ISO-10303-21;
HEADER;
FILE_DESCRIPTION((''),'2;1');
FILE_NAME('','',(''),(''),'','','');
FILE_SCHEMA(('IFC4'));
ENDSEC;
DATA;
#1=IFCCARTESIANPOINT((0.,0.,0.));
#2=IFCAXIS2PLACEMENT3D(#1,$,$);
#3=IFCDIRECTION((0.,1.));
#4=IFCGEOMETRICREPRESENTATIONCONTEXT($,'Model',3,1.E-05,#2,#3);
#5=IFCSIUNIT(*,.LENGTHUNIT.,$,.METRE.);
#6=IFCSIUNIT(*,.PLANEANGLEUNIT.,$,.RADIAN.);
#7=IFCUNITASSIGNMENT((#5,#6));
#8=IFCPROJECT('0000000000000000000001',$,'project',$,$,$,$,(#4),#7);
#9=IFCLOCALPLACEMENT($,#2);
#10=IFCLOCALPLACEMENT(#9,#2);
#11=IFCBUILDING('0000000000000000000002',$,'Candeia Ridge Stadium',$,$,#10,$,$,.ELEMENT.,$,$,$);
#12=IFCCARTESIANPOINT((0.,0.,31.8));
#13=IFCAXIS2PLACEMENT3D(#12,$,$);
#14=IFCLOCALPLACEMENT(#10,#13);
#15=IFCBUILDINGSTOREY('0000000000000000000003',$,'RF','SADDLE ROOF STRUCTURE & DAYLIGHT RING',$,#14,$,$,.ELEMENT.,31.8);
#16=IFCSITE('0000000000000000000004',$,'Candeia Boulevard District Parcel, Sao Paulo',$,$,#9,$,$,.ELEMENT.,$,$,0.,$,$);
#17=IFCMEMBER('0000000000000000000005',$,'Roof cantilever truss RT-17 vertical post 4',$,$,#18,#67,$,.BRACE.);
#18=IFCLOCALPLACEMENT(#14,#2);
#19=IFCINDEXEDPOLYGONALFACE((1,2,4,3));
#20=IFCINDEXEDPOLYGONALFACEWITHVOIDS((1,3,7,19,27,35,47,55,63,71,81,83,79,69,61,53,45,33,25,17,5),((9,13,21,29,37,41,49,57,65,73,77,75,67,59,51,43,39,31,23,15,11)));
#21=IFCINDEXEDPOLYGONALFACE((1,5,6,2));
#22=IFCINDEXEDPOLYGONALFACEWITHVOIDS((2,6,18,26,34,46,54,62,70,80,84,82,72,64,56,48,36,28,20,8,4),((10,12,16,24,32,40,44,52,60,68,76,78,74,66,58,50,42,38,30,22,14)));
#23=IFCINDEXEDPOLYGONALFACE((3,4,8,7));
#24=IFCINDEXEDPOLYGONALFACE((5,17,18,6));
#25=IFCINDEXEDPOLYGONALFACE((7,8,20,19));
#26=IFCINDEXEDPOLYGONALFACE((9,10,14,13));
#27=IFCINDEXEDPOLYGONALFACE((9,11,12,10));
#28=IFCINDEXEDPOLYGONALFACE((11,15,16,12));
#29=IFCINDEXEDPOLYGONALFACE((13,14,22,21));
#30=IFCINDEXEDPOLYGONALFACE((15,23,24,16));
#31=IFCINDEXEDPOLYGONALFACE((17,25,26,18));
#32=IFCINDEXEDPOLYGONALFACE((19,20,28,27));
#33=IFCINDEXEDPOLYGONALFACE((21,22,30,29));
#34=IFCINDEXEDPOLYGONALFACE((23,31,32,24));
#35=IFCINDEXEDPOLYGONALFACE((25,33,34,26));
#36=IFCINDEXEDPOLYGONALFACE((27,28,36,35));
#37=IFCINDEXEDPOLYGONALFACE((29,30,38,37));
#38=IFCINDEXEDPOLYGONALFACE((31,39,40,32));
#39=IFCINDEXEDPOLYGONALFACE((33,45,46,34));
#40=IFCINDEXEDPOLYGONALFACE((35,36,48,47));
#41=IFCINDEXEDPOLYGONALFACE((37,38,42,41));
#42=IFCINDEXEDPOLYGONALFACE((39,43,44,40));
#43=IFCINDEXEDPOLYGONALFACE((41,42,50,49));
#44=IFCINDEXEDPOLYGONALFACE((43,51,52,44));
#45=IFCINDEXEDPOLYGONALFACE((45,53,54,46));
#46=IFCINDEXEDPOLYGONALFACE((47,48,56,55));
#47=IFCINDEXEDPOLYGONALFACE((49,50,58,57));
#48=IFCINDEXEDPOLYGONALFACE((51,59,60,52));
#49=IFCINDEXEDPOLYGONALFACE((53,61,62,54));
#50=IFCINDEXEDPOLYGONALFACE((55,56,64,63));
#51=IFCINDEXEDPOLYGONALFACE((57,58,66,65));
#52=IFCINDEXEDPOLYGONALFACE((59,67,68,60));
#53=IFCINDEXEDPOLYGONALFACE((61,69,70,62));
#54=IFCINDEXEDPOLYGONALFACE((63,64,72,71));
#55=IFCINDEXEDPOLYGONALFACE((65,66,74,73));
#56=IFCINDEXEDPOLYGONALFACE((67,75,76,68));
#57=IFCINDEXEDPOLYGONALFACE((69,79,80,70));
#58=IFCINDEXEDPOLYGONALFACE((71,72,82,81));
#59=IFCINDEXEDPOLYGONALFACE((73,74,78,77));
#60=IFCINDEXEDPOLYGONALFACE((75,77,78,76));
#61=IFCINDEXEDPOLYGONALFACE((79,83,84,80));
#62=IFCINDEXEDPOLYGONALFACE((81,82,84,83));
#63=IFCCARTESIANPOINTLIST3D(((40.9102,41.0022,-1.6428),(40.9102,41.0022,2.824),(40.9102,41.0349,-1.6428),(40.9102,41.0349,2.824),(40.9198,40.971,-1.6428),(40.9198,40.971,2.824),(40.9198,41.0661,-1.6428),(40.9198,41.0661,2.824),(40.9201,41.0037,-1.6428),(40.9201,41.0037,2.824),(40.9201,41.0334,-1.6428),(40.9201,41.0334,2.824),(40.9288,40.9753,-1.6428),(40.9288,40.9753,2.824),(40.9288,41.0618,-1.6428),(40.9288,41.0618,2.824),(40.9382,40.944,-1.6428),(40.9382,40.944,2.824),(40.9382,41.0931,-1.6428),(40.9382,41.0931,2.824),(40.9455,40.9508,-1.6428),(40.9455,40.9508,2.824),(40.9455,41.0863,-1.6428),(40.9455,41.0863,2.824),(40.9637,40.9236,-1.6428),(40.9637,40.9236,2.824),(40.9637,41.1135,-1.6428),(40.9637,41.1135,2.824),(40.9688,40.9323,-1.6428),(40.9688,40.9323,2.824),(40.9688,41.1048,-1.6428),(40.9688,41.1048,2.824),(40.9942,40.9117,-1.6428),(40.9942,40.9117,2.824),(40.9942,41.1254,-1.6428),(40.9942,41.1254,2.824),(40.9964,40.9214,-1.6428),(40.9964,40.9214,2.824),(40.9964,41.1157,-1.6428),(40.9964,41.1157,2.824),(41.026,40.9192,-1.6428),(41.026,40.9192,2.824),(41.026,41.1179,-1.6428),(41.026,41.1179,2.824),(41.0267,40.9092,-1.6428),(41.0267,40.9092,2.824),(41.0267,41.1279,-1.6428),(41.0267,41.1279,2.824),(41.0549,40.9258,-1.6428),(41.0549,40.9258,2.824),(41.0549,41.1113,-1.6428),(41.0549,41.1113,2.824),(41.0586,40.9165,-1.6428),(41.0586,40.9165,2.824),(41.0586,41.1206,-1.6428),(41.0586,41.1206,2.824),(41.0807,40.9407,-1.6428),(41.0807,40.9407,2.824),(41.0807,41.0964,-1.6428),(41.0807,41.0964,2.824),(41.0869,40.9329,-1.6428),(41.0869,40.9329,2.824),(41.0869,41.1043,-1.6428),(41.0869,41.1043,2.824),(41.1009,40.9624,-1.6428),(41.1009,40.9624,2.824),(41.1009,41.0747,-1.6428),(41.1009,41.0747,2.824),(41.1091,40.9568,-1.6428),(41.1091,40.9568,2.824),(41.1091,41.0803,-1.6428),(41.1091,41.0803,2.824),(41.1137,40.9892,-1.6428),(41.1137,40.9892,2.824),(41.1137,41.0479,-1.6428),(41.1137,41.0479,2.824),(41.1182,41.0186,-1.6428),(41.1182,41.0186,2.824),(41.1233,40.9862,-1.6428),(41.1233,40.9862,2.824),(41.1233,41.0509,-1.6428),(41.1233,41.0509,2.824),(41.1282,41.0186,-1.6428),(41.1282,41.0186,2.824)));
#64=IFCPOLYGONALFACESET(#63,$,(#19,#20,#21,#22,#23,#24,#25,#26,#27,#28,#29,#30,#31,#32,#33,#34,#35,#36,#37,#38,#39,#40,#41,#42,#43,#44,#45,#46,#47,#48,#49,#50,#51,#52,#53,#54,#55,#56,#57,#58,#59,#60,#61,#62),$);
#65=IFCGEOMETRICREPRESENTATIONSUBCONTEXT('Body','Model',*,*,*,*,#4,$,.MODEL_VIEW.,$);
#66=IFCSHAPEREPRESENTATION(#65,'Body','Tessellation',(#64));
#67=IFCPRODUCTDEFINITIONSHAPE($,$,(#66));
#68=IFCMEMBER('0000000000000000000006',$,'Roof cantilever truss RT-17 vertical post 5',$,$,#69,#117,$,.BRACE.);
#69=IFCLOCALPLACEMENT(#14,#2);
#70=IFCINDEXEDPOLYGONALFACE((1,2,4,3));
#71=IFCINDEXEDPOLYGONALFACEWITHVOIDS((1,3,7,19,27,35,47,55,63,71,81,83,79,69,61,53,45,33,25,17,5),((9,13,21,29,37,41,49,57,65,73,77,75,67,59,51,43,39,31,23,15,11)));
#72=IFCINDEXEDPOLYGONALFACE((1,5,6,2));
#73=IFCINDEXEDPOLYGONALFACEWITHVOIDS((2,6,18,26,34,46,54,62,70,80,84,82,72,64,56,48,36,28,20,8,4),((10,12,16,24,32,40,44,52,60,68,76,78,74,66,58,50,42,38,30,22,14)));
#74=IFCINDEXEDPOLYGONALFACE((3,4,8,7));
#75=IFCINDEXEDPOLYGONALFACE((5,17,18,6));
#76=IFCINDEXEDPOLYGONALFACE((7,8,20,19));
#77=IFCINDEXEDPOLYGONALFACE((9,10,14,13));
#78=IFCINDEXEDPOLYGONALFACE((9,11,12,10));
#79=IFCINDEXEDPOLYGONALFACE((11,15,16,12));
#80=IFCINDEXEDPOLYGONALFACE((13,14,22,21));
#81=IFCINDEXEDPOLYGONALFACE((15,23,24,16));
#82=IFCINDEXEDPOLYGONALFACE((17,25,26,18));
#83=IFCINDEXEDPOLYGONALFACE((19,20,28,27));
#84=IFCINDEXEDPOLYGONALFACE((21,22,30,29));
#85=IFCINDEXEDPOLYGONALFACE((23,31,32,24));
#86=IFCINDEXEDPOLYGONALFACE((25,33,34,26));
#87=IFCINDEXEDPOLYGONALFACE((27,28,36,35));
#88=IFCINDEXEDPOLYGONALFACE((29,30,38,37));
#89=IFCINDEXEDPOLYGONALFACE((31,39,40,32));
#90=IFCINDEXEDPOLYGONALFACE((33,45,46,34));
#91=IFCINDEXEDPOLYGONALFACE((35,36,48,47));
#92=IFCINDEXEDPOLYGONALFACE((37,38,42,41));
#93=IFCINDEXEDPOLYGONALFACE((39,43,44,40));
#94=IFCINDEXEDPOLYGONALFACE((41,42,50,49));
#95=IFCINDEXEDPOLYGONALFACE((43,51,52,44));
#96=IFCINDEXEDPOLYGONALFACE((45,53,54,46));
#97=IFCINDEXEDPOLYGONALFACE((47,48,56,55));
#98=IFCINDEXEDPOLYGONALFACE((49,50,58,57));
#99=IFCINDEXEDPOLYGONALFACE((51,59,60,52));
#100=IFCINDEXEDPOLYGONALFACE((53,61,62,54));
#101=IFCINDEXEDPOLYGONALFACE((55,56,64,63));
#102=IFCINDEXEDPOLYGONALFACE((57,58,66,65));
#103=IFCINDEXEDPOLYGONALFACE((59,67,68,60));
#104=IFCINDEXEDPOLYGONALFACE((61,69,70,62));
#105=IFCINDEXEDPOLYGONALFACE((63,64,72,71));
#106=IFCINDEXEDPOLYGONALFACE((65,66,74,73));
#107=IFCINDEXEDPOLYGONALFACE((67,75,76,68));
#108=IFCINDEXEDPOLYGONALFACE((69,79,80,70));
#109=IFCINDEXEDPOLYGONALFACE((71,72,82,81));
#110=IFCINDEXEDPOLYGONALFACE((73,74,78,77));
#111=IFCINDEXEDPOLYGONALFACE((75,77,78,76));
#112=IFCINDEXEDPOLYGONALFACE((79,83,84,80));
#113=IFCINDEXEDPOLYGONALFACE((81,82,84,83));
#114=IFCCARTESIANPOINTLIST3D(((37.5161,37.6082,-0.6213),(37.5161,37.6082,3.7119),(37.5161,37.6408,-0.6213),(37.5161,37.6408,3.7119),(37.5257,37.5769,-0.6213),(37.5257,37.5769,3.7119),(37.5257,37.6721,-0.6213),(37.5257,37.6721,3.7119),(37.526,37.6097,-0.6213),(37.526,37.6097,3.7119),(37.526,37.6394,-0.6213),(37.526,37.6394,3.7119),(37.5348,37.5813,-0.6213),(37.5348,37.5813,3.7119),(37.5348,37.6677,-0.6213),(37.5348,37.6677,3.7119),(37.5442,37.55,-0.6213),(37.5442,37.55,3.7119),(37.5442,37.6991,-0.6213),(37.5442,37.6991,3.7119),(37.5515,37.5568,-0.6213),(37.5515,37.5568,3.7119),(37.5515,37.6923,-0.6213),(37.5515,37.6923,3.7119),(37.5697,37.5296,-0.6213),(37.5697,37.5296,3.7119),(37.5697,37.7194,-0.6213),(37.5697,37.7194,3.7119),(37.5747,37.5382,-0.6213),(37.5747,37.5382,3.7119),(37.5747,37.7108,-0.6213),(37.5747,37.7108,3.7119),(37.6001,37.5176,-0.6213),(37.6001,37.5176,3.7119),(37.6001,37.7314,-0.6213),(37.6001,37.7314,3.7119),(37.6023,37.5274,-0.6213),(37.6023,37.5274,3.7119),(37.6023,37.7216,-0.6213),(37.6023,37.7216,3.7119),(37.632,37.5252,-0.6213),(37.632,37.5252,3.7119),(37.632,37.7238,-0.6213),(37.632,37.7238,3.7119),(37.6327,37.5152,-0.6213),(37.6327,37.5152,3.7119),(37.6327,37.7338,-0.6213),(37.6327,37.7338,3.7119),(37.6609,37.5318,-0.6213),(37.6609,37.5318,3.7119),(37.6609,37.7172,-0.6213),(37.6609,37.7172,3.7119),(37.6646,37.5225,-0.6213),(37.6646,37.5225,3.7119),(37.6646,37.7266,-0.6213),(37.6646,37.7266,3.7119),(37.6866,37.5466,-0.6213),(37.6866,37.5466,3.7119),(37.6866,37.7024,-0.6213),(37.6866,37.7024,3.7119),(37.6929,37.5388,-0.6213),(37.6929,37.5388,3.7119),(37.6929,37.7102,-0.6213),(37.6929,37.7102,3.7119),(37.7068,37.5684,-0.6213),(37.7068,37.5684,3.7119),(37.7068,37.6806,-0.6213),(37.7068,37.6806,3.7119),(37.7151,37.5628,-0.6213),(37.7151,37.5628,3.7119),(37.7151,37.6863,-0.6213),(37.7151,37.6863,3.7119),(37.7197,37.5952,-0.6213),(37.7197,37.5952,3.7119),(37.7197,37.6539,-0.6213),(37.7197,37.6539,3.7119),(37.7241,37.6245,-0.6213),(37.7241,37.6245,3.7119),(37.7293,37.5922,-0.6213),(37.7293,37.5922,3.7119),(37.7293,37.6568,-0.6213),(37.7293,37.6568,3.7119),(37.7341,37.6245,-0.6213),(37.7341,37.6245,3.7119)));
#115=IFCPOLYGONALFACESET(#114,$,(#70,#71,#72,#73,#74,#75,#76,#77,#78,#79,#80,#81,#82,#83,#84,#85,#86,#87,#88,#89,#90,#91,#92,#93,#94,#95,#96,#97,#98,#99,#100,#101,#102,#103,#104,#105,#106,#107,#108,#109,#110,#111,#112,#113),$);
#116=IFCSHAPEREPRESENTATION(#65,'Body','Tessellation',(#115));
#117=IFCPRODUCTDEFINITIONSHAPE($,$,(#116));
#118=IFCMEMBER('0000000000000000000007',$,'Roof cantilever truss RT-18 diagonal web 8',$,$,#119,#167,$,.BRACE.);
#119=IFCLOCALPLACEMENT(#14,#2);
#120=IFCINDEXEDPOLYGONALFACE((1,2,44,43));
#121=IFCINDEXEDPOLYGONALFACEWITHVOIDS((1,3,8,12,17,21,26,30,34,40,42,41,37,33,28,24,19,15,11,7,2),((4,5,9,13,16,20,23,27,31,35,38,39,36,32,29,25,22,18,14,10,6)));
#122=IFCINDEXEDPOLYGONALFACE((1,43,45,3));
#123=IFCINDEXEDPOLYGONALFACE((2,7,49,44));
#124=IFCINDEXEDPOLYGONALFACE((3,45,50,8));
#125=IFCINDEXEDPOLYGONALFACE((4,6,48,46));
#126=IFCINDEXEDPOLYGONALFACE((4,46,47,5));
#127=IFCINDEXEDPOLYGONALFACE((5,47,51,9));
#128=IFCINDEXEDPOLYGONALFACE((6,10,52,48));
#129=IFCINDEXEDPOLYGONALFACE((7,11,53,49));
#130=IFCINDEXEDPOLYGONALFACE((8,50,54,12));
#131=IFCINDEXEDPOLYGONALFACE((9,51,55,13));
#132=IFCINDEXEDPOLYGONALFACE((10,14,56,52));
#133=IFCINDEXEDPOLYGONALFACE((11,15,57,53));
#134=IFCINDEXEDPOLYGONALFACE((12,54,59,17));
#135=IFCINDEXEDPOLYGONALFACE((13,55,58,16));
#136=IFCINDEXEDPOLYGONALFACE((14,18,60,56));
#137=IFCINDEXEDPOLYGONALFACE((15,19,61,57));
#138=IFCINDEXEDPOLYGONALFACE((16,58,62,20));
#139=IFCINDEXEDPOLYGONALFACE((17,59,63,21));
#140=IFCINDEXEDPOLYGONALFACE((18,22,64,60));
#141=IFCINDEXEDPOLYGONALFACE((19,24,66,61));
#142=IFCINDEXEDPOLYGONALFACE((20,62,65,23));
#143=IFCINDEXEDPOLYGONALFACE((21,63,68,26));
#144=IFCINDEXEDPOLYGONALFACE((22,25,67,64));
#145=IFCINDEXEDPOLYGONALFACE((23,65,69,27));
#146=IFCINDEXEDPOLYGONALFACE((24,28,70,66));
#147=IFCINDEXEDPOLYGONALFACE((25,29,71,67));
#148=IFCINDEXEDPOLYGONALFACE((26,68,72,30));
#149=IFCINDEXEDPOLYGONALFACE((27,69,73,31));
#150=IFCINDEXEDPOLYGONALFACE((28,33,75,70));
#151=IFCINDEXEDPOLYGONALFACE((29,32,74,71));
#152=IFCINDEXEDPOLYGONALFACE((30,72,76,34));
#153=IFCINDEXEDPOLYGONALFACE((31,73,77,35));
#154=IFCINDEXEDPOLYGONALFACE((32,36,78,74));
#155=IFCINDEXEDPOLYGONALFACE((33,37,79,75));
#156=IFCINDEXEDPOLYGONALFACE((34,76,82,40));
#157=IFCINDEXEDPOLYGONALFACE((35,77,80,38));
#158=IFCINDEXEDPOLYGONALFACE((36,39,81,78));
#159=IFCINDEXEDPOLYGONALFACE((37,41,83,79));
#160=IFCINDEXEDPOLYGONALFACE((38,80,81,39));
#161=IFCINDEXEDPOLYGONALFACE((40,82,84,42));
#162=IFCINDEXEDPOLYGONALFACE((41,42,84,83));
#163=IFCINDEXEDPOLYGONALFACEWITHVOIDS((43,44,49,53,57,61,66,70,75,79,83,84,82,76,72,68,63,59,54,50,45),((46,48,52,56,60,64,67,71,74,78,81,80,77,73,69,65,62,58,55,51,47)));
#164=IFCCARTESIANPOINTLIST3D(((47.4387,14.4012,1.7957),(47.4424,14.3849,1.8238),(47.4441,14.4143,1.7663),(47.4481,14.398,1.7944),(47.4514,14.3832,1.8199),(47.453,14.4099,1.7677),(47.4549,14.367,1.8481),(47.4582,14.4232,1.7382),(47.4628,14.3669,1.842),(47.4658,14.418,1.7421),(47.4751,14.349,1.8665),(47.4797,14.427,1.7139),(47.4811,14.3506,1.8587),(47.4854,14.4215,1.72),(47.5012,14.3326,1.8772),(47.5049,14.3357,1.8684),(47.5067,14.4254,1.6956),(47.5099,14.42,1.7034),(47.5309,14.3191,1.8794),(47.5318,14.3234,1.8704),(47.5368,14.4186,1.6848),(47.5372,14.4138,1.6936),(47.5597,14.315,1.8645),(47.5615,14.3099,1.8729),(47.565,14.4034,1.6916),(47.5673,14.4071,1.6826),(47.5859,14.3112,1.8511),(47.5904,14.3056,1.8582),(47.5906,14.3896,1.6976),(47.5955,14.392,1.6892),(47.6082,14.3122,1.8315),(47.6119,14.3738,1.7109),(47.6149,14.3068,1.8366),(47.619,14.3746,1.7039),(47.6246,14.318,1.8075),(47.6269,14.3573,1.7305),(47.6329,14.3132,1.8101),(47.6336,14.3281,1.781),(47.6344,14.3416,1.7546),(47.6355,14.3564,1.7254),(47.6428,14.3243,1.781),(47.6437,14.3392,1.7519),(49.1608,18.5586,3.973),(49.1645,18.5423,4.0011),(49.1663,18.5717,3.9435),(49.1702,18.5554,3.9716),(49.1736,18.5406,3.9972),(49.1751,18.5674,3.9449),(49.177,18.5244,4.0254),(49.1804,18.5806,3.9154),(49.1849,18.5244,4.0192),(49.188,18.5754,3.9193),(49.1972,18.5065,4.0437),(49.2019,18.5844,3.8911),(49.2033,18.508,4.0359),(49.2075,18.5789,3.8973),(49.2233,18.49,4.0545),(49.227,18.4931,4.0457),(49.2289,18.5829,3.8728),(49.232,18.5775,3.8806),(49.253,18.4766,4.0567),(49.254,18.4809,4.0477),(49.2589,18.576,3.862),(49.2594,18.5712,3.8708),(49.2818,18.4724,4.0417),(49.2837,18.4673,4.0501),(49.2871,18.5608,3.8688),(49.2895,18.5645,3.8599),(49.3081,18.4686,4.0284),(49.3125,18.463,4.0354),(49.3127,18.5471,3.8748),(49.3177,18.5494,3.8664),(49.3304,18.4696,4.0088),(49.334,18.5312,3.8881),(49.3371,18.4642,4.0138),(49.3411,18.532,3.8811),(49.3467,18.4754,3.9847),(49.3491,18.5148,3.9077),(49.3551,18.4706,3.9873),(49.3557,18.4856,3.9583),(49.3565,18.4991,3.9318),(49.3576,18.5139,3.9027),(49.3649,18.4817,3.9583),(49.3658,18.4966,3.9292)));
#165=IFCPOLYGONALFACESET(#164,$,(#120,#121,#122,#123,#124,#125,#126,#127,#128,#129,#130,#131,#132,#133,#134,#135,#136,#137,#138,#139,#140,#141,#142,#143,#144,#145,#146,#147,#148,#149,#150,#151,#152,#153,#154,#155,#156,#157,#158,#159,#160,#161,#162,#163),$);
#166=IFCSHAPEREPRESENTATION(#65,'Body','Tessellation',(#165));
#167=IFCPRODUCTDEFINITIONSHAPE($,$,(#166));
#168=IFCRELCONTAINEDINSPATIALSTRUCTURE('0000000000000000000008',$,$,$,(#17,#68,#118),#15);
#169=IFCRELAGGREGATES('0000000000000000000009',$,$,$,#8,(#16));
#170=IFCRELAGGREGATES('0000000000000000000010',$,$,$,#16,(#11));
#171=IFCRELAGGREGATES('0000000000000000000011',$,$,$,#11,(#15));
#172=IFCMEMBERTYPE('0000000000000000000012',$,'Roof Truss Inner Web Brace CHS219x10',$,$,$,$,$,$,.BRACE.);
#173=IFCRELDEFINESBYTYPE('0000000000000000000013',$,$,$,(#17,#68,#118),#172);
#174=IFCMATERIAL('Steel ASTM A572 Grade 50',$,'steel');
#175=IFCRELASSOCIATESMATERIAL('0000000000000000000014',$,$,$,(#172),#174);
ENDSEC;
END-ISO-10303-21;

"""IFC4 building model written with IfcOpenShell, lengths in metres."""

from ifc_helpers import new_model, si_unit, direction, frame, origin, origin_2d, place, context, subcontext, project, spatial, hollow_circle, extrude, material, material_profile, profile_set, type_object, element, save


model = new_model("IFC4")

# Units and contexts
model_context = context("Model", 3, precision=1e-05, world=origin(), true_north=direction((0.0, 1.0)))
body_context = subcontext(model_context, "Body", "Model", "MODEL_VIEW")
ifc_project = project(units=[si_unit("LENGTHUNIT", "METRE"), si_unit("PLANEANGLEUNIT", "RADIAN")], contexts=[model_context])

# Site, building, storey
site_placement = place(None, origin())
site = spatial("IfcSite", under=ifc_project, at=site_placement, Name="Candeia Boulevard District Parcel, Sao Paulo", CompositionType="ELEMENT", RefElevation=0.0)
building_placement = place(site_placement, origin())
building = spatial("IfcBuilding", under=site, at=building_placement, Name="Candeia Ridge Stadium", CompositionType="ELEMENT")
storey_placement = place(building_placement, frame((0.0, 0.0, 31.8)))
storey = spatial("IfcBuildingStorey", under=building, at=storey_placement, Name="RF", Description="SADDLE ROOF STRUCTURE & DAYLIGHT RING", CompositionType="ELEMENT", Elevation=31.8)

# Shared definitions
ifc_material_1 = material(Name="Steel ASTM A572 Grade 50", Category="steel")

# Members
ifc_material_profile_1 = material_profile(ifc_material_1, hollow_circle(Radius=0.1096, WallThickness=0.01, at=origin_2d()), Name="CHS219x10", Category="steel")
ifc_profile_set_1 = profile_set([ifc_material_profile_1], Name="Steel ASTM A572 Grade 50")
member_type_1 = type_object("IfcMemberType", Name="Roof Truss Inner Web Brace CHS219x10", PredefinedType="BRACE", material=ifc_profile_set_1)
member_1_placement = place(storey_placement, frame((41.0186, 41.0186, -1.6428), z_axis=(0.0, 0.0, 1.0), x_axis=(1.0, 0.0, 0.0)))
element("IfcMember", 1, at=member_1_placement, inside=storey, type_object=member_type_1, Name="Roof cantilever truss RT-17 vertical post 4", PredefinedType="BRACE", context=body_context, shape_type="SweptSolid", body=[
    extrude(hollow_circle(Radius=0.1096, WallThickness=0.01, at=origin_2d()), origin(), (0.0, 0.0, 1.0), 4.4668),
])
member_2_placement = place(storey_placement, frame((37.6245, 37.6245, -0.6213), z_axis=(0.0, 0.0, 1.0), x_axis=(1.0, 0.0, 0.0)))
element("IfcMember", 2, at=member_2_placement, inside=storey, type_object=member_type_1, Name="Roof cantilever truss RT-17 vertical post 5", PredefinedType="BRACE", context=body_context, shape_type="SweptSolid", body=[
    extrude(hollow_circle(Radius=0.1096, WallThickness=0.01, at=origin_2d()), origin(), (0.0, 0.0, 1.0), 4.3333),
])
member_3_placement = place(storey_placement, frame((49.2637, 18.5237, 3.9583), z_axis=(-0.344497, -0.831647, -0.435529), x_axis=(0.923873, -0.3827, 0.0)))
element("IfcMember", 3, at=member_3_placement, inside=storey, type_object=member_type_1, Name="Roof cantilever truss RT-18 diagonal web 8", PredefinedType="BRACE", context=body_context, shape_type="SweptSolid", body=[
    extrude(hollow_circle(Radius=0.1096, WallThickness=0.01, at=origin_2d()), origin(), (0.0, 0.0, 1.0), 4.999),
])

save(model, "model.ifc")
